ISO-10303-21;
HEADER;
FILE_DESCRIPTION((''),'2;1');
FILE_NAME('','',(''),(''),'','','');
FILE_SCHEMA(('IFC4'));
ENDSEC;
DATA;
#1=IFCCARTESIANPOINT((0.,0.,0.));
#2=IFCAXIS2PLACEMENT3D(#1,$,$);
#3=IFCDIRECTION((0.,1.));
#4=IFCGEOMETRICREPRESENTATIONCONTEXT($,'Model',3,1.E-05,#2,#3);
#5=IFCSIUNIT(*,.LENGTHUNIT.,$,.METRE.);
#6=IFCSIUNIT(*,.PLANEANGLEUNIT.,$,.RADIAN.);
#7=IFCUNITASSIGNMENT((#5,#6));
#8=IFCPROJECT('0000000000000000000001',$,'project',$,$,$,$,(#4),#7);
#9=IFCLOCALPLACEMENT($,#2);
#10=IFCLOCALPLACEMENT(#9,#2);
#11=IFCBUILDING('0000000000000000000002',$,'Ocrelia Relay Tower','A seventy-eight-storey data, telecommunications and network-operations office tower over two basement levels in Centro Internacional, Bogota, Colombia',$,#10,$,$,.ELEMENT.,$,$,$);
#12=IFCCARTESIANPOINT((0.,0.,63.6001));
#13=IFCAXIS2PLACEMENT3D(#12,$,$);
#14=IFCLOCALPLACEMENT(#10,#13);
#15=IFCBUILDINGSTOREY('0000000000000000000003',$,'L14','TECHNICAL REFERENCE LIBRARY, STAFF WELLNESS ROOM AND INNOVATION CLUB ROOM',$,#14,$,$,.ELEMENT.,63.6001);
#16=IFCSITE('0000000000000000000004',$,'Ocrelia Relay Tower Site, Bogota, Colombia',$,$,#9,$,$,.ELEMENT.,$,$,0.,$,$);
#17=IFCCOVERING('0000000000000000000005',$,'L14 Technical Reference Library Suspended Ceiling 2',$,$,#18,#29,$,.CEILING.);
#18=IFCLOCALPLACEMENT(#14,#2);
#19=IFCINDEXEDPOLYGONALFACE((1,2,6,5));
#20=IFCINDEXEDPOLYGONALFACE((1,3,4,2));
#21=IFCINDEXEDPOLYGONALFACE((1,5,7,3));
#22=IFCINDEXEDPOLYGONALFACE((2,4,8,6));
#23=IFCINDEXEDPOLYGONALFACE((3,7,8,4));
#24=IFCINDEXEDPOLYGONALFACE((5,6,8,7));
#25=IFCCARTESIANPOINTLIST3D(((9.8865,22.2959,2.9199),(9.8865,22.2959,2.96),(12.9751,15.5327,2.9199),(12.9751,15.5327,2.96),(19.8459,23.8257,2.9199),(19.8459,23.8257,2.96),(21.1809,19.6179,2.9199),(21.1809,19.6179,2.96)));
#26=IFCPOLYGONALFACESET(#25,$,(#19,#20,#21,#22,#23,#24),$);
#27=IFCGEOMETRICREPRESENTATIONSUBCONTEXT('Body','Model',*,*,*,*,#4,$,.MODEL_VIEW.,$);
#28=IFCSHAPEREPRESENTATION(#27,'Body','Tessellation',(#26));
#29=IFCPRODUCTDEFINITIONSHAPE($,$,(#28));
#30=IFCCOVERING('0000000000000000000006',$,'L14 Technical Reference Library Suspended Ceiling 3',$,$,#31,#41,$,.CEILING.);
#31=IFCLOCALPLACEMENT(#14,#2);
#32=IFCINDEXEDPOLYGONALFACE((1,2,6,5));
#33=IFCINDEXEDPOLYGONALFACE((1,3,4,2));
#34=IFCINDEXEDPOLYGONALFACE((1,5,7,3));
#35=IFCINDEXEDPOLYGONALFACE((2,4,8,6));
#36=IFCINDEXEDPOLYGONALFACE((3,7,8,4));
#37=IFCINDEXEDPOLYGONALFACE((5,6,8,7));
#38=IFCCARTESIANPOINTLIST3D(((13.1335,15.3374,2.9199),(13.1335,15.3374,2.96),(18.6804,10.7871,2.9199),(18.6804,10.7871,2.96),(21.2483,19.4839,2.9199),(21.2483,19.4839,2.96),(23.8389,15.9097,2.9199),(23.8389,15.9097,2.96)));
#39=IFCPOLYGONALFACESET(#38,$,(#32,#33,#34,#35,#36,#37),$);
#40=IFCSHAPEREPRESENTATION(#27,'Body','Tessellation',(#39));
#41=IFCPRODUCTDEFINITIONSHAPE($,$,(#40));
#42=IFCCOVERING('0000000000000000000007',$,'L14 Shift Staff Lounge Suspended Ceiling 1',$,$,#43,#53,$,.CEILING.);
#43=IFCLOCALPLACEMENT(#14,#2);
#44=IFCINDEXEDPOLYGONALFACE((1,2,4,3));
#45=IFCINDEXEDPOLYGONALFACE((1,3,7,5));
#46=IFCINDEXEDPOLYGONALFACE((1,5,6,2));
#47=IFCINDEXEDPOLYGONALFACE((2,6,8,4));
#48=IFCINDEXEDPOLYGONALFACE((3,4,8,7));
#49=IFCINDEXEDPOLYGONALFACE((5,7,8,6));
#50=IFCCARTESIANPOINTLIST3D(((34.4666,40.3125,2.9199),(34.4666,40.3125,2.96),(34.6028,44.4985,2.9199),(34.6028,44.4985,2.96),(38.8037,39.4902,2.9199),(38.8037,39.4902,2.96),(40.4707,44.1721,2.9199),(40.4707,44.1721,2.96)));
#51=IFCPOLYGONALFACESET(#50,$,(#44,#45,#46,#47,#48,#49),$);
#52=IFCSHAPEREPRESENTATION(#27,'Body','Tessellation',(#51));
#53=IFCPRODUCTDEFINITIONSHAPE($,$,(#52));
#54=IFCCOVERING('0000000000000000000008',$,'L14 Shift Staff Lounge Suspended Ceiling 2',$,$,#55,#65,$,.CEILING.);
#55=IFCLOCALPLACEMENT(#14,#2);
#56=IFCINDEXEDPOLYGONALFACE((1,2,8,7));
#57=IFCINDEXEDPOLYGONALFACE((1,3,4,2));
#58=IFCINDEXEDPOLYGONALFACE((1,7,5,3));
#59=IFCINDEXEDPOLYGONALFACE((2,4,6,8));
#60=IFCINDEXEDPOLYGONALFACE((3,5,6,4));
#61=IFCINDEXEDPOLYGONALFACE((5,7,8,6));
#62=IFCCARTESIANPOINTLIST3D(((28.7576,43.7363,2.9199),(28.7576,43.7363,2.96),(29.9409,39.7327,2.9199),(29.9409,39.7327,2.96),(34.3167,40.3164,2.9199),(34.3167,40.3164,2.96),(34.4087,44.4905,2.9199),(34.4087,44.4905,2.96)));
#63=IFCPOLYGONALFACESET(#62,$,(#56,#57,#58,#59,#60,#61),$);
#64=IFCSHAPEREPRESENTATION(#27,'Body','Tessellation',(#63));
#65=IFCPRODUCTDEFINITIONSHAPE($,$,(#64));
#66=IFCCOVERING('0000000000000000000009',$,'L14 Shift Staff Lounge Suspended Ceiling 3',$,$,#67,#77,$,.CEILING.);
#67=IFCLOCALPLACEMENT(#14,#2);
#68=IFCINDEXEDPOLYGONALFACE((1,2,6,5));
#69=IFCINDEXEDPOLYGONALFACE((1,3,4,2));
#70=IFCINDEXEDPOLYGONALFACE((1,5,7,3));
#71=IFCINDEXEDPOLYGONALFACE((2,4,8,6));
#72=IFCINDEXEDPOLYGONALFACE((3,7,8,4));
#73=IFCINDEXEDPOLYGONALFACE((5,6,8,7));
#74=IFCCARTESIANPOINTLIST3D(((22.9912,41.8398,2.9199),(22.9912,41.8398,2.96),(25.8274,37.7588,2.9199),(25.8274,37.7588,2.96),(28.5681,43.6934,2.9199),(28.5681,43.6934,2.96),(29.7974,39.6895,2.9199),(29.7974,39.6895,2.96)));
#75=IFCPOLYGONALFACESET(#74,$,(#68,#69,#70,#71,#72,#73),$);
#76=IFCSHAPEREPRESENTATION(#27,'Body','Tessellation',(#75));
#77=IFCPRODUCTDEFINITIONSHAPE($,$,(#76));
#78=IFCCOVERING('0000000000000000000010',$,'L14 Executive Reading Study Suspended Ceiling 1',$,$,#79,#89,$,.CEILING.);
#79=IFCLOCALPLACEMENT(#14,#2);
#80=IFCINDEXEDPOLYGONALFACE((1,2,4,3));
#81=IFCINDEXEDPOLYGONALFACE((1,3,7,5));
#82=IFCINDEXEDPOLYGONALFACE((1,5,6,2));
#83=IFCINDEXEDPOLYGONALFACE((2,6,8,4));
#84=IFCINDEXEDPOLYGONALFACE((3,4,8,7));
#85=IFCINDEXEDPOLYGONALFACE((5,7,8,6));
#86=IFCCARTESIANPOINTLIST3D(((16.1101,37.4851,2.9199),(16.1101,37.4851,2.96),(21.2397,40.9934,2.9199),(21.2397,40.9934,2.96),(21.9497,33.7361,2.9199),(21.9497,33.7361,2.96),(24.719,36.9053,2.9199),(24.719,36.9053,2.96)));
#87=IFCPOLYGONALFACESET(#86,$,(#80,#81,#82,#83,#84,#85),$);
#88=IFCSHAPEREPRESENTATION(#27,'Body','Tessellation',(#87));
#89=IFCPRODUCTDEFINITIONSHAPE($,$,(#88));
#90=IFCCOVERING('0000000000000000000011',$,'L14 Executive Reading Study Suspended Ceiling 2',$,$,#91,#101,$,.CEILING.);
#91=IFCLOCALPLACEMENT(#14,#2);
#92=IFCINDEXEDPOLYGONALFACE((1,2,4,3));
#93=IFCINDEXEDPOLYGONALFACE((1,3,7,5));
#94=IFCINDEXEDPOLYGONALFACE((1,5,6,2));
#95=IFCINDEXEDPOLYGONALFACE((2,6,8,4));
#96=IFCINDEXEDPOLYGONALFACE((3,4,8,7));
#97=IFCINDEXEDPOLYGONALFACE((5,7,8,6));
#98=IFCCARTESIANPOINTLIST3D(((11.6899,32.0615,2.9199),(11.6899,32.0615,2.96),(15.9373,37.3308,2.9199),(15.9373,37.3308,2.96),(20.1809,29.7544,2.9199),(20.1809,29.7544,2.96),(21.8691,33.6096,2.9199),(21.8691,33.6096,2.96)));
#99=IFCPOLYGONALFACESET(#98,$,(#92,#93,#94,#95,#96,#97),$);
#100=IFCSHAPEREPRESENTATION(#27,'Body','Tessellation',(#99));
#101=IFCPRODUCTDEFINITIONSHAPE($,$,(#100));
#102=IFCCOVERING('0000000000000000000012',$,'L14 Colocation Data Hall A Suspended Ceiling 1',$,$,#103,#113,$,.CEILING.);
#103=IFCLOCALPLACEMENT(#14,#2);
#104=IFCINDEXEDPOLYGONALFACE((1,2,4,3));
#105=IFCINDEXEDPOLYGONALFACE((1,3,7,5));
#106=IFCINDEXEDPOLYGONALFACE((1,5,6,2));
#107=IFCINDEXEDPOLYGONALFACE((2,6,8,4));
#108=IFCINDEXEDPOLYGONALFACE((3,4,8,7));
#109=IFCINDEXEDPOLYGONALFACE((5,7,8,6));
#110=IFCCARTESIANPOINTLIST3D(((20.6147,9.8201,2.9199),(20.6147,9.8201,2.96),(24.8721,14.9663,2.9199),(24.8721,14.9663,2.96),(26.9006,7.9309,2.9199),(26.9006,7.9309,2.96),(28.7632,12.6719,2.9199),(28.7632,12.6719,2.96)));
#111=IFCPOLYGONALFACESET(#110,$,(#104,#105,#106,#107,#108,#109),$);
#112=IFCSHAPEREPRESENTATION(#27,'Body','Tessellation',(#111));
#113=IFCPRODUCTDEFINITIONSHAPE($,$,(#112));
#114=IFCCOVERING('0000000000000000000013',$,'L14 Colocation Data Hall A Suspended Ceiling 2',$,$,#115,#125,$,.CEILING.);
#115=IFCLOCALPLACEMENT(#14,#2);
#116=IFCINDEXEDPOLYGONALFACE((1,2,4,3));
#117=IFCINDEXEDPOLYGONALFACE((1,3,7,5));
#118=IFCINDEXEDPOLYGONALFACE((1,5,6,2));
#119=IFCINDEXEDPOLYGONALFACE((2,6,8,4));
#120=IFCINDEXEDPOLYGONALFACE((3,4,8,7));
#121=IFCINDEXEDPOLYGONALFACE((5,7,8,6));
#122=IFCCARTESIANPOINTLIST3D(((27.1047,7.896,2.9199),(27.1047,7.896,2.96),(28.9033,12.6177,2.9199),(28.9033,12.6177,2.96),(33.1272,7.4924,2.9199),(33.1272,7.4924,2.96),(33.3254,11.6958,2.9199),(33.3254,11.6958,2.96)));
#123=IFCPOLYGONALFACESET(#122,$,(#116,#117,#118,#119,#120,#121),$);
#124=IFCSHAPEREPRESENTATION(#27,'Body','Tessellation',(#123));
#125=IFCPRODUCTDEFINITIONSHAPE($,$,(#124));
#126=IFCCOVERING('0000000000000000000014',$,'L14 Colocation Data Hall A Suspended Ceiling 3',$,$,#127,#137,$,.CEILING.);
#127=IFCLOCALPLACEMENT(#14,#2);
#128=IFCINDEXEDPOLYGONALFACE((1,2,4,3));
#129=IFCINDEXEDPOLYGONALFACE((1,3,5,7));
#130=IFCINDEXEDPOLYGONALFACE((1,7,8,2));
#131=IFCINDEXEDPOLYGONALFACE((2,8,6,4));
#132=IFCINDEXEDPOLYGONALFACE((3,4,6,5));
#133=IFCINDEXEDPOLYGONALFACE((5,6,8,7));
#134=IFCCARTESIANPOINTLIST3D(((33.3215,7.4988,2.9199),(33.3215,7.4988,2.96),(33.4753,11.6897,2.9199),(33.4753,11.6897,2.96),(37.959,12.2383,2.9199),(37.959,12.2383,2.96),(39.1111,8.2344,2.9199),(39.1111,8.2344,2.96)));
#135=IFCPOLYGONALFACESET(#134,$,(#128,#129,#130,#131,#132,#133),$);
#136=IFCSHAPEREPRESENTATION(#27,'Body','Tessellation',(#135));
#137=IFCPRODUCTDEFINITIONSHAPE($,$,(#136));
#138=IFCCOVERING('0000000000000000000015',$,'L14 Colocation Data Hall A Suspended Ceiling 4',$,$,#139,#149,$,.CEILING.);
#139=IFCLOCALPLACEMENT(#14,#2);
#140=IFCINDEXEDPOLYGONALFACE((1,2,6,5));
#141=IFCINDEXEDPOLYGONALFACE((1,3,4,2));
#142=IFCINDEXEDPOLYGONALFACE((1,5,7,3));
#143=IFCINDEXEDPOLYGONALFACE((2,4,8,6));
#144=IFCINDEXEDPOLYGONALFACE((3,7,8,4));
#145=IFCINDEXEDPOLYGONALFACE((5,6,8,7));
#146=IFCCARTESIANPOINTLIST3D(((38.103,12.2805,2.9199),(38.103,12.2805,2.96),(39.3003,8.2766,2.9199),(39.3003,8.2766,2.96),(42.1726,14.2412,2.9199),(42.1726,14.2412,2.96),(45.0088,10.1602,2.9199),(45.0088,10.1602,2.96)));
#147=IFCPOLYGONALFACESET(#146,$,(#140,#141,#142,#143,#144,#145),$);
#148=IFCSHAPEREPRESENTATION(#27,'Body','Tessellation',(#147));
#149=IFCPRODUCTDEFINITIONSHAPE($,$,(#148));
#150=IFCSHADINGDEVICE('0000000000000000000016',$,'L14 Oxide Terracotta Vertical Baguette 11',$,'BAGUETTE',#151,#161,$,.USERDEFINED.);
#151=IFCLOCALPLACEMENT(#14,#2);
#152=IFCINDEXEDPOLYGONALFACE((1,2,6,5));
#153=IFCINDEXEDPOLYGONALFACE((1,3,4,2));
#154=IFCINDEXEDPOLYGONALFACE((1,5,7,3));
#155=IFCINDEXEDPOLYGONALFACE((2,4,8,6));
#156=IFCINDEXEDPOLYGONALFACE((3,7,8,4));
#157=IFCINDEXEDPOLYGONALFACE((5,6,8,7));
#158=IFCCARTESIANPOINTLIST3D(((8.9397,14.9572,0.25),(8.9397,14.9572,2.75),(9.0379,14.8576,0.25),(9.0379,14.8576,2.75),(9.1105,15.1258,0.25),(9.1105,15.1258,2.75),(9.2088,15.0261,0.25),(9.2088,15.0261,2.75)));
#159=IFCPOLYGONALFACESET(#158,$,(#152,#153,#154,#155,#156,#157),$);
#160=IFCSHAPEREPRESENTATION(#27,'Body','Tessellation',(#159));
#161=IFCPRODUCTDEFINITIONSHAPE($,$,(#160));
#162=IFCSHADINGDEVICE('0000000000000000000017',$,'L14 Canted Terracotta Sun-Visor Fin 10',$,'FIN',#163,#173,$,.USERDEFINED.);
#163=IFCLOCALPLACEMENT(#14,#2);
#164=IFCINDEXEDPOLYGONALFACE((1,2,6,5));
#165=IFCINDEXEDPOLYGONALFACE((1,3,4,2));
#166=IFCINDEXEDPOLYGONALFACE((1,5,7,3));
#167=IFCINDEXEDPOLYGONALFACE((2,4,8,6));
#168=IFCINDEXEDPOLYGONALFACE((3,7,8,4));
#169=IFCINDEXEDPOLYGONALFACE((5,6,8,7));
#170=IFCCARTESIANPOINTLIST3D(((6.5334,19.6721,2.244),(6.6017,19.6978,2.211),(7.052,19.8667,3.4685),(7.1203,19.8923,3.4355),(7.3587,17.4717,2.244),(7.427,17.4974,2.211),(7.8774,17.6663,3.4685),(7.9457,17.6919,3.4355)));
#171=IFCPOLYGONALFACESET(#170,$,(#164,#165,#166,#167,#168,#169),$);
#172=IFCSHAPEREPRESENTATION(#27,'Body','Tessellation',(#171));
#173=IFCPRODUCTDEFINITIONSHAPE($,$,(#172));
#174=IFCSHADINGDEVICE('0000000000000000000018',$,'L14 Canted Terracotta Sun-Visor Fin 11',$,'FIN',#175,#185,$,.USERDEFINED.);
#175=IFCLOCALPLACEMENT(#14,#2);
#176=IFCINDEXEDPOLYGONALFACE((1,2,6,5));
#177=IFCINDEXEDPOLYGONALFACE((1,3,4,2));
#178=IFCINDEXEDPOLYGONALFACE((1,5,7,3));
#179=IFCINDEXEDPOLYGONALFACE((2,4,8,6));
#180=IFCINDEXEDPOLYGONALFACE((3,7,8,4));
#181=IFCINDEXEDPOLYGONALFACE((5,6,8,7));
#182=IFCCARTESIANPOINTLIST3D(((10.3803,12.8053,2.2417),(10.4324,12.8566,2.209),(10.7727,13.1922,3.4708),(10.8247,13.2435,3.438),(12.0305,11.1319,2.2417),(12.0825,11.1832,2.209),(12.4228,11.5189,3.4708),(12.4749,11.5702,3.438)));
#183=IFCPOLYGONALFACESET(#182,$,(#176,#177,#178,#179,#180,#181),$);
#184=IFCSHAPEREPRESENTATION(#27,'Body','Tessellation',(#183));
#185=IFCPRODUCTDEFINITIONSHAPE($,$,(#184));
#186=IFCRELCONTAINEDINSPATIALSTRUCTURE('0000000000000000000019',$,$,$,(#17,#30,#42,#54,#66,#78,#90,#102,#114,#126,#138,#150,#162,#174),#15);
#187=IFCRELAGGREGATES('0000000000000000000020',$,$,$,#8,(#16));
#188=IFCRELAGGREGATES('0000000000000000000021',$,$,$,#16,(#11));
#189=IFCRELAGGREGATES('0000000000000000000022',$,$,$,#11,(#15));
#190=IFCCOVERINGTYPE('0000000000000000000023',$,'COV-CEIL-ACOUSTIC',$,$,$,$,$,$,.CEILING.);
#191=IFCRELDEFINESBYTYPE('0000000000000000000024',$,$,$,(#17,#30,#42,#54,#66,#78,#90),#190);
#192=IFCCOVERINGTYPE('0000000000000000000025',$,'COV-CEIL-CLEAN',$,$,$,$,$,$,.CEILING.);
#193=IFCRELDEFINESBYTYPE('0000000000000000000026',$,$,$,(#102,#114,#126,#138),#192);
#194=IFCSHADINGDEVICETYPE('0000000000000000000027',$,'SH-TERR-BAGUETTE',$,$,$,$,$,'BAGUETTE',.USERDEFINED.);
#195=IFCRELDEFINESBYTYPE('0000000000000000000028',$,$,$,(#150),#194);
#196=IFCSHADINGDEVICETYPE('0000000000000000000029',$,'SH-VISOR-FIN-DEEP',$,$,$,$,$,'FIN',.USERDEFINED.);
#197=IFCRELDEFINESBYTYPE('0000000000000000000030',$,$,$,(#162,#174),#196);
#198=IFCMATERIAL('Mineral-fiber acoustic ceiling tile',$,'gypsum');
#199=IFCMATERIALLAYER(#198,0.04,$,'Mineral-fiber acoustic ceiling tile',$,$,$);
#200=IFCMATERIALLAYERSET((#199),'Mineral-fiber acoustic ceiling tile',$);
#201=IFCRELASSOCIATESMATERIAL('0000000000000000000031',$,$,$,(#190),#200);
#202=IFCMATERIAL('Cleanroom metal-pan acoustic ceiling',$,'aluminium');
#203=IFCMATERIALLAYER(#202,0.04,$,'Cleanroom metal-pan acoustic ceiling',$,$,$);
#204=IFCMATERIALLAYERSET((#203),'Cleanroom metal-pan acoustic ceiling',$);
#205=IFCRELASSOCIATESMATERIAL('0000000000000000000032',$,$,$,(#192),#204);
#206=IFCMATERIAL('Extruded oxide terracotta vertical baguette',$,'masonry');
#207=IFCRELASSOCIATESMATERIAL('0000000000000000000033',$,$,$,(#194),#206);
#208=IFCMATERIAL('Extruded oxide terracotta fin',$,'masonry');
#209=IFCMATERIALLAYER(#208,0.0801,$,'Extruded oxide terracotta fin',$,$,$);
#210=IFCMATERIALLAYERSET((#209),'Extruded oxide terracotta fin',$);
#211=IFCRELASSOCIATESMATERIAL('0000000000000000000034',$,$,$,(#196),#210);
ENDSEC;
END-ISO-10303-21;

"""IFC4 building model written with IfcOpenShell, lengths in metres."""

from ifc_helpers import new_model, si_unit, direction, frame, origin, origin_2d, place, context, subcontext, project, spatial, polyline, rectangle, outline, extrude, material, layer, layer_set, type_object, element, save


model = new_model("IFC4")

# Units and contexts
model_context = context("Model", 3, precision=1e-05, world=origin(), true_north=direction((0.0, 1.0)))
body_context = subcontext(model_context, "Body", "Model", "MODEL_VIEW")
ifc_project = project(units=[si_unit("LENGTHUNIT", "METRE"), si_unit("PLANEANGLEUNIT", "RADIAN")], contexts=[model_context])

# Site, building, storey
site_placement = place(None, origin())
site = spatial("IfcSite", under=ifc_project, at=site_placement, Name="Ocrelia Relay Tower Site, Bogota, Colombia", CompositionType="ELEMENT", RefElevation=0.0)
building_placement = place(site_placement, origin())
building = spatial("IfcBuilding", under=site, at=building_placement, Name="Ocrelia Relay Tower", Description="A seventy-eight-storey data, telecommunications and network-operations office tower over two basement levels in Centro Internacional, Bogota, Colombia", CompositionType="ELEMENT")
storey_placement = place(building_placement, frame((0.0, 0.0, 63.6001)))
storey = spatial("IfcBuildingStorey", under=building, at=storey_placement, Name="L14", Description="TECHNICAL REFERENCE LIBRARY, STAFF WELLNESS ROOM AND INNOVATION CLUB ROOM", CompositionType="ELEMENT", Elevation=63.6001)

# Coverings
ifc_material_1 = material(Name="Mineral-fiber acoustic ceiling tile", Category="gypsum")
ifc_layer_1 = layer(ifc_material_1, 0.04, Name="Mineral-fiber acoustic ceiling tile")
ifc_layer_set_1 = layer_set([ifc_layer_1], Name="Mineral-fiber acoustic ceiling tile")
covering_type_1 = type_object("IfcCoveringType", Name="COV-CEIL-ACOUSTIC", PredefinedType="CEILING", material=ifc_layer_set_1)
covering_1_placement = place(storey_placement, frame((0.0, 0.0, 2.9199)))
element("IfcCovering", 1, at=covering_1_placement, inside=storey, type_object=covering_type_1, Name="L14 Technical Reference Library Suspended Ceiling 2", PredefinedType="CEILING", context=body_context, shape_type="SweptSolid", body=[
    extrude(outline(polyline([(19.8459, 23.8257), (9.8865, 22.2959), (12.9751, 15.5327), (21.1809, 19.6179), (19.8459, 23.8257)])), origin(), (0.0, 0.0, 1.0), 0.04),
])
covering_2_placement = place(storey_placement, frame((0.0, 0.0, 2.9199)))
element("IfcCovering", 2, at=covering_2_placement, inside=storey, type_object=covering_type_1, Name="L14 Technical Reference Library Suspended Ceiling 3", PredefinedType="CEILING", context=body_context, shape_type="SweptSolid", body=[
    extrude(outline(polyline([(21.2483, 19.4839), (13.1335, 15.3374), (18.6804, 10.7871), (23.8389, 15.9097), (21.2483, 19.4839)])), origin(), (0.0, 0.0, 1.0), 0.04),
])
covering_3_placement = place(storey_placement, frame((0.0, 0.0, 2.9199)))
element("IfcCovering", 3, at=covering_3_placement, inside=storey, type_object=covering_type_1, Name="L14 Shift Staff Lounge Suspended Ceiling 1", PredefinedType="CEILING", context=body_context, shape_type="SweptSolid", body=[
    extrude(outline(polyline([(38.8037, 39.4902), (40.4707, 44.1721), (34.6028, 44.4985), (34.4666, 40.3125), (38.8037, 39.4902)])), origin(), (0.0, 0.0, 1.0), 0.04),
])
covering_4_placement = place(storey_placement, frame((0.0, 0.0, 2.9199)))
element("IfcCovering", 4, at=covering_4_placement, inside=storey, type_object=covering_type_1, Name="L14 Shift Staff Lounge Suspended Ceiling 2", PredefinedType="CEILING", context=body_context, shape_type="SweptSolid", body=[
    extrude(outline(polyline([(34.3167, 40.3164), (34.4087, 44.4905), (28.7576, 43.7363), (29.9409, 39.7327), (34.3167, 40.3164)])), origin(), (0.0, 0.0, 1.0), 0.04),
])
covering_5_placement = place(storey_placement, frame((0.0, 0.0, 2.9199)))
element("IfcCovering", 5, at=covering_5_placement, inside=storey, type_object=covering_type_1, Name="L14 Shift Staff Lounge Suspended Ceiling 3", PredefinedType="CEILING", context=body_context, shape_type="SweptSolid", body=[
    extrude(outline(polyline([(29.7974, 39.6895), (28.5681, 43.6934), (22.9912, 41.8398), (25.8274, 37.7588), (29.7974, 39.6895)])), origin(), (0.0, 0.0, 1.0), 0.04),
])
covering_6_placement = place(storey_placement, frame((0.0, 0.0, 2.9199)))
element("IfcCovering", 6, at=covering_6_placement, inside=storey, type_object=covering_type_1, Name="L14 Executive Reading Study Suspended Ceiling 1", PredefinedType="CEILING", context=body_context, shape_type="SweptSolid", body=[
    extrude(outline(polyline([(24.719, 36.9053), (21.2397, 40.9934), (16.1101, 37.4851), (21.9497, 33.7361), (24.719, 36.9053)])), origin(), (0.0, 0.0, 1.0), 0.04),
])
covering_7_placement = place(storey_placement, frame((0.0, 0.0, 2.9199)))
element("IfcCovering", 7, at=covering_7_placement, inside=storey, type_object=covering_type_1, Name="L14 Executive Reading Study Suspended Ceiling 2", PredefinedType="CEILING", context=body_context, shape_type="SweptSolid", body=[
    extrude(outline(polyline([(21.8691, 33.6096), (15.9373, 37.3308), (11.6899, 32.0615), (20.1809, 29.7544), (21.8691, 33.6096)])), origin(), (0.0, 0.0, 1.0), 0.04),
])
ifc_material_2 = material(Name="Cleanroom metal-pan acoustic ceiling", Category="aluminium")
ifc_layer_2 = layer(ifc_material_2, 0.04, Name="Cleanroom metal-pan acoustic ceiling")
ifc_layer_set_2 = layer_set([ifc_layer_2], Name="Cleanroom metal-pan acoustic ceiling")
covering_type_2 = type_object("IfcCoveringType", Name="COV-CEIL-CLEAN", PredefinedType="CEILING", material=ifc_layer_set_2)
covering_8_placement = place(storey_placement, frame((0.0, 0.0, 2.9199)))
element("IfcCovering", 8, at=covering_8_placement, inside=storey, type_object=covering_type_2, Name="L14 Colocation Data Hall A Suspended Ceiling 1", PredefinedType="CEILING", context=body_context, shape_type="SweptSolid", body=[
    extrude(outline(polyline([(24.8721, 14.9663), (20.6147, 9.8201), (26.9006, 7.9309), (28.7632, 12.6719), (24.8721, 14.9663)])), origin(), (0.0, 0.0, 1.0), 0.04),
])
covering_9_placement = place(storey_placement, frame((0.0, 0.0, 2.9199)))
element("IfcCovering", 9, at=covering_9_placement, inside=storey, type_object=covering_type_2, Name="L14 Colocation Data Hall A Suspended Ceiling 2", PredefinedType="CEILING", context=body_context, shape_type="SweptSolid", body=[
    extrude(outline(polyline([(28.9033, 12.6177), (27.1047, 7.896), (33.1272, 7.4924), (33.3254, 11.6958), (28.9033, 12.6177)])), origin(), (0.0, 0.0, 1.0), 0.04),
])
covering_10_placement = place(storey_placement, frame((0.0, 0.0, 2.9199)))
element("IfcCovering", 10, at=covering_10_placement, inside=storey, type_object=covering_type_2, Name="L14 Colocation Data Hall A Suspended Ceiling 3", PredefinedType="CEILING", context=body_context, shape_type="SweptSolid", body=[
    extrude(outline(polyline([(33.4753, 11.6897), (33.3215, 7.4988), (39.1111, 8.2344), (37.959, 12.2383), (33.4753, 11.6897)])), origin(), (0.0, 0.0, 1.0), 0.04),
])
covering_11_placement = place(storey_placement, frame((0.0, 0.0, 2.9199)))
element("IfcCovering", 11, at=covering_11_placement, inside=storey, type_object=covering_type_2, Name="L14 Colocation Data Hall A Suspended Ceiling 4", PredefinedType="CEILING", context=body_context, shape_type="SweptSolid", body=[
    extrude(outline(polyline([(38.103, 12.2805), (39.3003, 8.2766), (45.0088, 10.1602), (42.1726, 14.2412), (38.103, 12.2805)])), origin(), (0.0, 0.0, 1.0), 0.04),
])

# Shading devices
ifc_material_3 = material(Name="Extruded oxide terracotta vertical baguette", Category="masonry")
shading_device_type_1 = type_object("IfcShadingDeviceType", Name="SH-TERR-BAGUETTE", ElementType="BAGUETTE", PredefinedType="USERDEFINED", material=ifc_material_3)
shading_device_1_placement = place(storey_placement, frame((9.0742, 14.9917, 0.25), z_axis=(0.0, 0.0, 1.0), x_axis=(0.702147, -0.712032, 0.0)))
element("IfcShadingDevice", 12, at=shading_device_1_placement, inside=storey, type_object=shading_device_type_1, Name="L14 Oxide Terracotta Vertical Baguette 11", ObjectType="BAGUETTE", PredefinedType="USERDEFINED", context=body_context, shape_type="SweptSolid", body=[
    extrude(rectangle(XDim=0.1399, YDim=0.24, at=origin_2d()), origin(), (0.0, 0.0, 1.0), 2.5),
])
ifc_material_4 = material(Name="Extruded oxide terracotta fin", Category="masonry")
ifc_layer_3 = layer(ifc_material_4, 0.0801, Name="Extruded oxide terracotta fin")
ifc_layer_set_3 = layer_set([ifc_layer_3], Name="Extruded oxide terracotta fin")
shading_device_type_2 = type_object("IfcShadingDeviceType", Name="SH-VISOR-FIN-DEEP", ElementType="FIN", PredefinedType="USERDEFINED", material=ifc_layer_set_3)
shading_device_2_placement = place(storey_placement, frame((7.2737, 18.6948, 2.8232), z_axis=(-0.853082, -0.319974, 0.412151), x_axis=(0.351189, -0.936304, 0.0)))
element("IfcShadingDevice", 13, at=shading_device_2_placement, inside=storey, type_object=shading_device_type_2, Name="L14 Canted Terracotta Sun-Visor Fin 10", ObjectType="FIN", PredefinedType="USERDEFINED", context=body_context, shape_type="SweptSolid", body=[
    extrude(rectangle(XDim=2.3501, YDim=1.344, at=origin_2d()), origin(), (0.0, 0.0, 1.0), 0.0801),
])
shading_device_3_placement = place(storey_placement, frame((11.4536, 12.2134, 2.8235), z_axis=(-0.649714, -0.640693, 0.409127), x_axis=(0.702147, -0.712032, 0.0)))
element("IfcShadingDevice", 14, at=shading_device_3_placement, inside=storey, type_object=shading_device_type_2, Name="L14 Canted Terracotta Sun-Visor Fin 11", ObjectType="FIN", PredefinedType="USERDEFINED", context=body_context, shape_type="SweptSolid", body=[
    extrude(rectangle(XDim=2.3501, YDim=1.3469, at=origin_2d()), origin(), (0.0, 0.0, 1.0), 0.0801),
])

save(model, "model.ifc")
